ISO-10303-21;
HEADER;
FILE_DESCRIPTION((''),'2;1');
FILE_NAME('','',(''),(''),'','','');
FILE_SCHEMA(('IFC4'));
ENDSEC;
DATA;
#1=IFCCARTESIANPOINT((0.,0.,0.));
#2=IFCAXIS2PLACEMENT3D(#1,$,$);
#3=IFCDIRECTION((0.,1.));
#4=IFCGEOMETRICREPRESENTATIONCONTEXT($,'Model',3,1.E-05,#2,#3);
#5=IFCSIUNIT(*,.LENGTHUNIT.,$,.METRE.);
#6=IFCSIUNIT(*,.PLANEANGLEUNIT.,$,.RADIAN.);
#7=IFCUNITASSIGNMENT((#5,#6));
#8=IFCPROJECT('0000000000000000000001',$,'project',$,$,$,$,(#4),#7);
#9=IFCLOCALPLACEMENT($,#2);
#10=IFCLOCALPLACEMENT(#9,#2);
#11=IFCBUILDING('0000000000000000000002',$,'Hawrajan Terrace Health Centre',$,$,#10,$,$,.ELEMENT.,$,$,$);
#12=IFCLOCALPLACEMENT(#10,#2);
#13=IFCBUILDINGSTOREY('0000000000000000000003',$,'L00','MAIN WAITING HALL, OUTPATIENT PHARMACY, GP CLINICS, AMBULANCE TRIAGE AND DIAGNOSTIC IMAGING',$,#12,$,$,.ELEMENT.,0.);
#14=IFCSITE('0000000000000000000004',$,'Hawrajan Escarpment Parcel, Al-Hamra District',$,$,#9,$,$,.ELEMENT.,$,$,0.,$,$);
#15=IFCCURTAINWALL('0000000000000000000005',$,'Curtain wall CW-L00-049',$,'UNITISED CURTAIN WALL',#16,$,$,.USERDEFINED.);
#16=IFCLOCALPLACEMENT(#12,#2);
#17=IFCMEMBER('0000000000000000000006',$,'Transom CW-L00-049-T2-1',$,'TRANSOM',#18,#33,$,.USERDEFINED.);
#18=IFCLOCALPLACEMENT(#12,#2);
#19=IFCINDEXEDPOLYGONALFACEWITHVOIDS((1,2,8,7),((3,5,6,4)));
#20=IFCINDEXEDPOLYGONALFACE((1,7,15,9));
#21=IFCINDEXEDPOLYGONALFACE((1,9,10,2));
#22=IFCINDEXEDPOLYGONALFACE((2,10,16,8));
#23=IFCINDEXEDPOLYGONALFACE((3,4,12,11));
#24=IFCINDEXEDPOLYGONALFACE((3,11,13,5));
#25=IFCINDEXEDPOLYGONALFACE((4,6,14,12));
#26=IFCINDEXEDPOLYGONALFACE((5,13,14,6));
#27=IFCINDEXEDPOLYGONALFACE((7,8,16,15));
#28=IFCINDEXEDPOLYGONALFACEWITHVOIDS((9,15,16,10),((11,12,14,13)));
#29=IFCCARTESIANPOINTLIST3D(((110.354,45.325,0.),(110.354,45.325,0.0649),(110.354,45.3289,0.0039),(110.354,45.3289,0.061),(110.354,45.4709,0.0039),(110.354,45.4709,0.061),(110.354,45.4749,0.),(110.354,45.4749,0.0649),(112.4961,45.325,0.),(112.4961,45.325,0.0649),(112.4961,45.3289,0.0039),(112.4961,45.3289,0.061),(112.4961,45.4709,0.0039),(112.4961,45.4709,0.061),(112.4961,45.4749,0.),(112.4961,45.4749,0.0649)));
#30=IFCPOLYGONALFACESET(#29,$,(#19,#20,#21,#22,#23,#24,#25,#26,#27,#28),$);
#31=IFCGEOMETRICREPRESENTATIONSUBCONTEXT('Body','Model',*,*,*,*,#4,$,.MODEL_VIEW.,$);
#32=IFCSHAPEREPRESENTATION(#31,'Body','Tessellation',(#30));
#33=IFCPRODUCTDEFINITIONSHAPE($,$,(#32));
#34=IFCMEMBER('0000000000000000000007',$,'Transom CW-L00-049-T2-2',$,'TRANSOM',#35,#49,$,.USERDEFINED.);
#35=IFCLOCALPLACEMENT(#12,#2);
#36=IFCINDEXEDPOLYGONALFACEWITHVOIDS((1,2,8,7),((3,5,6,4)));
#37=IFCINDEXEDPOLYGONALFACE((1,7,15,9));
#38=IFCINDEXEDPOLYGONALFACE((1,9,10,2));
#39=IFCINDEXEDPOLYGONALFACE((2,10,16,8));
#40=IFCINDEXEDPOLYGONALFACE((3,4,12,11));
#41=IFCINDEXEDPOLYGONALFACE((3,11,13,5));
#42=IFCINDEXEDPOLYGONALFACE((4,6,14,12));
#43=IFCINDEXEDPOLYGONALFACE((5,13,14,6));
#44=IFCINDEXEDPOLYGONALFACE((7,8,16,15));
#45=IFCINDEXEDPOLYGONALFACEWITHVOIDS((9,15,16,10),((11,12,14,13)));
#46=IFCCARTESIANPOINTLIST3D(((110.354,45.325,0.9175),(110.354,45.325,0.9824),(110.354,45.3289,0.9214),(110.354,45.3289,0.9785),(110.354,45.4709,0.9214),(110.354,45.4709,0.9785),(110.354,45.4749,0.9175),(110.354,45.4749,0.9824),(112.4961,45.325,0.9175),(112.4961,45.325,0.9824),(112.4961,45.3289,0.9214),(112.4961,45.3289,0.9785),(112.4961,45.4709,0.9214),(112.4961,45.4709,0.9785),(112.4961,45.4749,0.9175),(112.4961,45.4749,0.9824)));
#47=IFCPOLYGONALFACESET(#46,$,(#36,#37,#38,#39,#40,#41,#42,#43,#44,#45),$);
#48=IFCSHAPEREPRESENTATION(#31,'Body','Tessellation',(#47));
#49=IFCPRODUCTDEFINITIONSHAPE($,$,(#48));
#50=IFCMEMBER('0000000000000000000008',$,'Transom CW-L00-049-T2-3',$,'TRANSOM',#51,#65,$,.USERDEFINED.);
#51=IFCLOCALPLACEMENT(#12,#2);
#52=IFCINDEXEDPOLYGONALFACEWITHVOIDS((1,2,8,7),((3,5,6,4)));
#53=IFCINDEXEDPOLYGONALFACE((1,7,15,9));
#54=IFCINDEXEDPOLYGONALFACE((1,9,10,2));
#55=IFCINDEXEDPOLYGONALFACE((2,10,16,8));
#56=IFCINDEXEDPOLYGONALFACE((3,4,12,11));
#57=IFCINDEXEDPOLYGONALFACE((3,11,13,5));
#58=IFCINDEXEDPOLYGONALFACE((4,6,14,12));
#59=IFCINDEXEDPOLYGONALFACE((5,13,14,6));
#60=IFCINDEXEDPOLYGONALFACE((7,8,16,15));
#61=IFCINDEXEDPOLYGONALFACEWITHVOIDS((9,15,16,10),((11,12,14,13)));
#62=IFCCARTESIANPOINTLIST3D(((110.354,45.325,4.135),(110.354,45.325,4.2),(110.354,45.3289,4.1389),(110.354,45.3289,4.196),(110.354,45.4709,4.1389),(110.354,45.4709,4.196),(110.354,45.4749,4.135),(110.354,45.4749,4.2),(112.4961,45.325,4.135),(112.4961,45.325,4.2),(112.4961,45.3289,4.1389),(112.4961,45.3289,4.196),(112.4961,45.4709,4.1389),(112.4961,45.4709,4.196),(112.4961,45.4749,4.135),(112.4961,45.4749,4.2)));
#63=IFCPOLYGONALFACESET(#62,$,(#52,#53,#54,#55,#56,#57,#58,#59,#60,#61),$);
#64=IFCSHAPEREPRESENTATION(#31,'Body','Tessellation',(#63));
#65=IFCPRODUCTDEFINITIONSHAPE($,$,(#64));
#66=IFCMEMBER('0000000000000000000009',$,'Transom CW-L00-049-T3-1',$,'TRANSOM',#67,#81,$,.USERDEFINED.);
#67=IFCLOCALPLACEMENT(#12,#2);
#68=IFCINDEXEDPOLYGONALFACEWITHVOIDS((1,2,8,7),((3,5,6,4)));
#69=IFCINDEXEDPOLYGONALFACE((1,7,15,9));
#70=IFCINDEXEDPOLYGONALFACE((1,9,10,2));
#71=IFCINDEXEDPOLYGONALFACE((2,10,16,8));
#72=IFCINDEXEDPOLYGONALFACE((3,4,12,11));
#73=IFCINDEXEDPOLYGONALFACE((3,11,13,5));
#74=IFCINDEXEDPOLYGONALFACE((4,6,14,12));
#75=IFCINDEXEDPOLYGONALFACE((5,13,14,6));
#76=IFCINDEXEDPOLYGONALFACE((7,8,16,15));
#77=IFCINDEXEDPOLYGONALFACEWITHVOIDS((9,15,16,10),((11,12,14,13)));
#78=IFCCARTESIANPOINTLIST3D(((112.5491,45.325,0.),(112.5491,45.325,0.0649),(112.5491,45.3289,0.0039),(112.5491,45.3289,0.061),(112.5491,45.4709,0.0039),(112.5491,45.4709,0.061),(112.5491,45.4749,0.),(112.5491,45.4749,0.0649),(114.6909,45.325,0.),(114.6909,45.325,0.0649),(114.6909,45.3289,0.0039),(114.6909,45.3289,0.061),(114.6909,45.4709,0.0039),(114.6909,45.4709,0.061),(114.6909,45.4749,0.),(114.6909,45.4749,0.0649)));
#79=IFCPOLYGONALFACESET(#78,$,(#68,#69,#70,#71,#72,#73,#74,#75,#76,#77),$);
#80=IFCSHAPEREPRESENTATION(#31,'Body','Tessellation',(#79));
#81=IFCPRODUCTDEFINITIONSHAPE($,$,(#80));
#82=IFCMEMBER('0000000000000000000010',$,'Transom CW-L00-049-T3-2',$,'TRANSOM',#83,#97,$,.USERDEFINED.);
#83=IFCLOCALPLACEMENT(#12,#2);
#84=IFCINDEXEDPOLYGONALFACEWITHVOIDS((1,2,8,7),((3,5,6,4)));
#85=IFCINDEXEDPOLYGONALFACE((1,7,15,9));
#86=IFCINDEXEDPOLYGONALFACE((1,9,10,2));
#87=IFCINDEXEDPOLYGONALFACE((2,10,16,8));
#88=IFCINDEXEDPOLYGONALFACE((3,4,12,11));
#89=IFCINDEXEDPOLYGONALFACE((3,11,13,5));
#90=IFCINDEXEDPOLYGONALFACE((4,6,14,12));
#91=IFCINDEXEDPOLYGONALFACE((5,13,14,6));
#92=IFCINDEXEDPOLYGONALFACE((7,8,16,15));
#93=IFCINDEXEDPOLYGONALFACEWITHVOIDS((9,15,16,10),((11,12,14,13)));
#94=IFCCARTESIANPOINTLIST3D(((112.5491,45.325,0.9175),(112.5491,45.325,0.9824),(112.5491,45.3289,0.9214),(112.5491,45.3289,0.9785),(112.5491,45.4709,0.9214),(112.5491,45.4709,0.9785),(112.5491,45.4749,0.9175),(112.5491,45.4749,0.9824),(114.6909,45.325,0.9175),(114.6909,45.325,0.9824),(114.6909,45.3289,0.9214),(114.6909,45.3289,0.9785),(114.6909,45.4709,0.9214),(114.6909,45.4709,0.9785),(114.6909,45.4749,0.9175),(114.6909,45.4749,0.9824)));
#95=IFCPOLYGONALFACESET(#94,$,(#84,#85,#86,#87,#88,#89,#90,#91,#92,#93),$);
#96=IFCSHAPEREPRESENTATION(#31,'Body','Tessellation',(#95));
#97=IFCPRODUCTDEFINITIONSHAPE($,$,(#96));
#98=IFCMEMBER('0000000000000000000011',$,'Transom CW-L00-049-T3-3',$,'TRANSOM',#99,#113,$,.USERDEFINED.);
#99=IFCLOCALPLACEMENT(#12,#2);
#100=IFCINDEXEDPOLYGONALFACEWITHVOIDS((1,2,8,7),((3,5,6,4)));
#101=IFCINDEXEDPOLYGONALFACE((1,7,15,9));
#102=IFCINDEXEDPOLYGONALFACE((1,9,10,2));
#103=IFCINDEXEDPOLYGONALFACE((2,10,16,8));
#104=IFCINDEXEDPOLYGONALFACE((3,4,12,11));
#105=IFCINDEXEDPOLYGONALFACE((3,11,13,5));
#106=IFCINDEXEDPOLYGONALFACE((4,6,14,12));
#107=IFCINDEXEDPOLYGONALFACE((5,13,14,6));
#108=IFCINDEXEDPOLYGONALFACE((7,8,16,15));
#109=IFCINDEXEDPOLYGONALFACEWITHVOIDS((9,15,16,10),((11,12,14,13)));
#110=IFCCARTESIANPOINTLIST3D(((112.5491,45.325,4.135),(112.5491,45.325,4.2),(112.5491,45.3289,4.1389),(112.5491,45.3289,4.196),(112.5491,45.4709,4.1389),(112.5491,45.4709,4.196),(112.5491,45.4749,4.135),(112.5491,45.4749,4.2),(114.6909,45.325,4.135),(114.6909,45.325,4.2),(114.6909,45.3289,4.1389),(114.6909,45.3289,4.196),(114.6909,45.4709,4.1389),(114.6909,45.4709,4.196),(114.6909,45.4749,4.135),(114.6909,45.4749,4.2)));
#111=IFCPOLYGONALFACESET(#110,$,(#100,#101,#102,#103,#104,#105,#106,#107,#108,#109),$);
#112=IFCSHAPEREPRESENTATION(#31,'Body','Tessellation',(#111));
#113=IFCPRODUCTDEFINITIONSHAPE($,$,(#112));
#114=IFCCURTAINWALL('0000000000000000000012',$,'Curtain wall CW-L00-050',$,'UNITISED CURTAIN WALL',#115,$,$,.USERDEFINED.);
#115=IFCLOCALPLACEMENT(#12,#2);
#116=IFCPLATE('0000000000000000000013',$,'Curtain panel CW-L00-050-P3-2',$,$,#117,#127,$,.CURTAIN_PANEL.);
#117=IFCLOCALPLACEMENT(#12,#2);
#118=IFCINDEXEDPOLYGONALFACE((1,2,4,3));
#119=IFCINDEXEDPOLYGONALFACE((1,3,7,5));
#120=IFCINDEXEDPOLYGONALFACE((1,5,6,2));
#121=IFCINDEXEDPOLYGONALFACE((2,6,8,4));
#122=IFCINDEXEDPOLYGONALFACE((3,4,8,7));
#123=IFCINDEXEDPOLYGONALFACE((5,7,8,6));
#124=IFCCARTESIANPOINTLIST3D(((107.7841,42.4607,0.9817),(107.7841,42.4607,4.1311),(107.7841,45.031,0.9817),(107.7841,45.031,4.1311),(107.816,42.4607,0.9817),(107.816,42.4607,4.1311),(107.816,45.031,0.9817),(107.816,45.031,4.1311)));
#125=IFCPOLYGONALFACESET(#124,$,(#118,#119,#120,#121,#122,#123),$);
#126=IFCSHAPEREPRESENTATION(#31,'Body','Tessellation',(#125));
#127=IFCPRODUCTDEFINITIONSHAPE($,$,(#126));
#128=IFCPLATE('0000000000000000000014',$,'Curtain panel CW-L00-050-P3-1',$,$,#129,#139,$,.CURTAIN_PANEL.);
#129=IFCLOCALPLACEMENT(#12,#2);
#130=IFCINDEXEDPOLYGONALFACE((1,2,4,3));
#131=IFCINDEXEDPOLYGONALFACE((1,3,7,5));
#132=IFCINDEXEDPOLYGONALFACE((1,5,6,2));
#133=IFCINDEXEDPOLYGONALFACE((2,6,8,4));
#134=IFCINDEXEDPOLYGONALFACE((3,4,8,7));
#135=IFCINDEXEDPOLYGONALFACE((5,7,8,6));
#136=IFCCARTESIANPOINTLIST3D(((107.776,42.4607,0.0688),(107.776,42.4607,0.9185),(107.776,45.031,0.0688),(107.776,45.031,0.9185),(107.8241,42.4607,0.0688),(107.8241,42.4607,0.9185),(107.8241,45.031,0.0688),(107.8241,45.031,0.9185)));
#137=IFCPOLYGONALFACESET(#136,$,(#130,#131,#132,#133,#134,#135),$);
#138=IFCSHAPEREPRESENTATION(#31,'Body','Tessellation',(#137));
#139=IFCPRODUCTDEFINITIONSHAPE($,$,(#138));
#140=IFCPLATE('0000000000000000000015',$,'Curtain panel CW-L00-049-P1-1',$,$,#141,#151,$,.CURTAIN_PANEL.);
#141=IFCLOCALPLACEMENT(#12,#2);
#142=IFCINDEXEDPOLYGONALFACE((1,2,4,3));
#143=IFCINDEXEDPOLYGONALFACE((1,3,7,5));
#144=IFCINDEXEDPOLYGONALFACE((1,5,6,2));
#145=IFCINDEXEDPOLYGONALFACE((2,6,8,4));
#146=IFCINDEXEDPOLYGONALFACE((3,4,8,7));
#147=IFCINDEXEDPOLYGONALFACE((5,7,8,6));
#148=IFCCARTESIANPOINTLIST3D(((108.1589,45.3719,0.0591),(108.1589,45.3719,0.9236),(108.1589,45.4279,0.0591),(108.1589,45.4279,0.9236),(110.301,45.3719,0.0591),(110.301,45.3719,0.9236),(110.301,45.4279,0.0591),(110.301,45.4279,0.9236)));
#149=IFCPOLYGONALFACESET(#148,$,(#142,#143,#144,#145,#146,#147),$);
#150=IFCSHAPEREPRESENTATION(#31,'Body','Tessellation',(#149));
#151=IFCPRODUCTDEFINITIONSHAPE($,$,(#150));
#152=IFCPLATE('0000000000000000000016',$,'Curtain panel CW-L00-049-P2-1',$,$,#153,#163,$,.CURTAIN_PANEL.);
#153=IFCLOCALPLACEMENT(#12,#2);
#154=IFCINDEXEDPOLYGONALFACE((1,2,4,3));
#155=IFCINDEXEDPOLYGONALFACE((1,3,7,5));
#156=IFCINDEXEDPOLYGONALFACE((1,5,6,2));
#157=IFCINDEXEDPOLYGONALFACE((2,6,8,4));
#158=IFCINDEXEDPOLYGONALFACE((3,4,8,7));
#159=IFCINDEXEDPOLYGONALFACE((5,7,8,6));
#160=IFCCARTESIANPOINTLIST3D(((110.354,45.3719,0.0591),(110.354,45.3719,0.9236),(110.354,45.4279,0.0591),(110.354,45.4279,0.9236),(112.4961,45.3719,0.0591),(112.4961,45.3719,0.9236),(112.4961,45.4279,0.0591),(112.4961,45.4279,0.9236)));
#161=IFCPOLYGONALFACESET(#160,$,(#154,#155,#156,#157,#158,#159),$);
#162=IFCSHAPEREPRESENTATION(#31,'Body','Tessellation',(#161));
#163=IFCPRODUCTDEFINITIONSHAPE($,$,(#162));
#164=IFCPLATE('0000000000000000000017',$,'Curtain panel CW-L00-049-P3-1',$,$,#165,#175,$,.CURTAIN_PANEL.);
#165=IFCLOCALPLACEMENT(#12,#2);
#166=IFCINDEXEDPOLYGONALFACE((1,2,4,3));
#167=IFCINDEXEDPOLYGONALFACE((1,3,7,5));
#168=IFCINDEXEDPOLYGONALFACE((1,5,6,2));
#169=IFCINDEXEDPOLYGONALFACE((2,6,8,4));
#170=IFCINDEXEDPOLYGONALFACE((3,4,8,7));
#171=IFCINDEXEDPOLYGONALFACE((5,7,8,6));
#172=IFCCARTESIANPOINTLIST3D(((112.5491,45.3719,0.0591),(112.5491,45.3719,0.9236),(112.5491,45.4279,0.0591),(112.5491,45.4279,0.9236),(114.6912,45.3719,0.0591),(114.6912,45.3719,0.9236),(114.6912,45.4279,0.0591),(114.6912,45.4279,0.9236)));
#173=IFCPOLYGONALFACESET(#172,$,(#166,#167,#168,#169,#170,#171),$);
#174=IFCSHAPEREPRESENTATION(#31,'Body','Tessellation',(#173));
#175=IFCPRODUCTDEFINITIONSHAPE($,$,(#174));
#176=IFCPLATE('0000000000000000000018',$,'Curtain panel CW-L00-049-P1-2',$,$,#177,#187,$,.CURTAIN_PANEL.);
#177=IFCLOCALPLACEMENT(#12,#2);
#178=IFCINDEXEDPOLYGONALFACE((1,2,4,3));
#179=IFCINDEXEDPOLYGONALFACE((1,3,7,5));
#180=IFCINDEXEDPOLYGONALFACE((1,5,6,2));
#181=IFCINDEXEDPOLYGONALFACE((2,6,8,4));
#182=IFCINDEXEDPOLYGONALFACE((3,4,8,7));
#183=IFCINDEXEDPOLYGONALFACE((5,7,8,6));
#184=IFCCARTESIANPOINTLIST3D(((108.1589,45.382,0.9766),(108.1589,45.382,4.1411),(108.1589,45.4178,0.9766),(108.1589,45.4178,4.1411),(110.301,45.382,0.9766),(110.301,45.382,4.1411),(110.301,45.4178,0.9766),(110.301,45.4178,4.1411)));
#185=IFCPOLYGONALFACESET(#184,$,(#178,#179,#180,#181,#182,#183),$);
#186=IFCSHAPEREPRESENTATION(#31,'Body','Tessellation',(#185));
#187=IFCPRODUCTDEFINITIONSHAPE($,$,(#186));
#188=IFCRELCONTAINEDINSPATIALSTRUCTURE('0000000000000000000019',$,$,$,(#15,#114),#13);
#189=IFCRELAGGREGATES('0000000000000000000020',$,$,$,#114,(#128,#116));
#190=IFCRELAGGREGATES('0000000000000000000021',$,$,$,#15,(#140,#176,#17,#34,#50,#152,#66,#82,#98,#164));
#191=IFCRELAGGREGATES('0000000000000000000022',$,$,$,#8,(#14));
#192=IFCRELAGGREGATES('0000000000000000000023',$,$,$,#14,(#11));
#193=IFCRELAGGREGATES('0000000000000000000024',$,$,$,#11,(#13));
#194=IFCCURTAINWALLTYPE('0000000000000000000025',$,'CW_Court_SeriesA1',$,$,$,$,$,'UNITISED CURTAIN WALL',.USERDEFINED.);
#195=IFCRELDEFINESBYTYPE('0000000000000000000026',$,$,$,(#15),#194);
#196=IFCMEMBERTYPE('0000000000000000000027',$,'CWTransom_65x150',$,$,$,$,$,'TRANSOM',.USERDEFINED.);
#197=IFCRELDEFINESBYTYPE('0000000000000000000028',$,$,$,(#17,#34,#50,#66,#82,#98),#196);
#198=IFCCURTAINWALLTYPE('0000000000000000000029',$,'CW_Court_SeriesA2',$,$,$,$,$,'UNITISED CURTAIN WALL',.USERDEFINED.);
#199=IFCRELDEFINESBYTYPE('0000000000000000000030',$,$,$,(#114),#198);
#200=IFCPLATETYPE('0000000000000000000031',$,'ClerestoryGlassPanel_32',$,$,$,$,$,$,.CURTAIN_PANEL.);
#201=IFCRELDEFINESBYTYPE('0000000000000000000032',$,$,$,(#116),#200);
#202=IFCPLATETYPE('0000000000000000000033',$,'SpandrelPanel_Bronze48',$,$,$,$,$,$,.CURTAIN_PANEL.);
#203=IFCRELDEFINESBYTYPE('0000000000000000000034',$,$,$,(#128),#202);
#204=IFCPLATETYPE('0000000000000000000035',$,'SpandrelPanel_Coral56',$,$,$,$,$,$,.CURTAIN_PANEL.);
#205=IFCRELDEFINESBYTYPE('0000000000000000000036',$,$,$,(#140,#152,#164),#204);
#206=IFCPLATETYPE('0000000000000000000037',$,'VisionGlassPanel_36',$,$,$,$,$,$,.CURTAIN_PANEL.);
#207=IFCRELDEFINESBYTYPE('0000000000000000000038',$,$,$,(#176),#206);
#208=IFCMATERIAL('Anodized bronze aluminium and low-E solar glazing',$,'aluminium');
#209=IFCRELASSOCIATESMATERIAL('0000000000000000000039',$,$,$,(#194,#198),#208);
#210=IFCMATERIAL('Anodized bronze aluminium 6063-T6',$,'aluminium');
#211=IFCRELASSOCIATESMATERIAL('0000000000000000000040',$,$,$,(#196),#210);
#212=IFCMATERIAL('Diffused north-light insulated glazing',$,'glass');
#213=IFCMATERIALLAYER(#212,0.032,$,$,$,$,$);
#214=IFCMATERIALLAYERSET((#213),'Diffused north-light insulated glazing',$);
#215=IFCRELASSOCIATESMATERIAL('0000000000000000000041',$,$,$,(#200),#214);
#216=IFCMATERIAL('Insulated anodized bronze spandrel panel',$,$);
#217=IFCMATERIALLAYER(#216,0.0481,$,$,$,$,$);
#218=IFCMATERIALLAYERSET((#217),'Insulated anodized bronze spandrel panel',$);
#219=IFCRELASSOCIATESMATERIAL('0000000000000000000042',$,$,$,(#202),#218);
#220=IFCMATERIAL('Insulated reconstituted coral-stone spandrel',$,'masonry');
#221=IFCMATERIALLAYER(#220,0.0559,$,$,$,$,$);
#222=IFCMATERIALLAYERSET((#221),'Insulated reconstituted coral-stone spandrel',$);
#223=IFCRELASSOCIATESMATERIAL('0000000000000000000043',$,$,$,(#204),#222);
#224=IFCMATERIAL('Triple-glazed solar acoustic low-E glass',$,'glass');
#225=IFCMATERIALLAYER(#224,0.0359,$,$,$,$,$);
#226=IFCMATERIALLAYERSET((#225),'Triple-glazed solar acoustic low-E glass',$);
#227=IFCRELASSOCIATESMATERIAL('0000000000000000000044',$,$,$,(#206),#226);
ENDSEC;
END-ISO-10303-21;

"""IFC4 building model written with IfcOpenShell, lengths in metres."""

from ifc_helpers import new_model, si_unit, direction, frame, origin, origin_2d, place, context, subcontext, project, spatial, rectangle, hollow_rectangle, extrude, material, layer, layer_set, material_profile, profile_set, type_object, element, aggregate, save


model = new_model("IFC4")

# Units and contexts
model_context = context("Model", 3, precision=1e-05, world=origin(), true_north=direction((0.0, 1.0)))
body_context = subcontext(model_context, "Body", "Model", "MODEL_VIEW")
ifc_project = project(units=[si_unit("LENGTHUNIT", "METRE"), si_unit("PLANEANGLEUNIT", "RADIAN")], contexts=[model_context])

# Site, building, storey
site_placement = place(None, origin())
site = spatial("IfcSite", under=ifc_project, at=site_placement, Name="Hawrajan Escarpment Parcel, Al-Hamra District", CompositionType="ELEMENT", RefElevation=0.0)
building_placement = place(site_placement, origin())
building = spatial("IfcBuilding", under=site, at=building_placement, Name="Hawrajan Terrace Health Centre", CompositionType="ELEMENT")
storey_placement = place(building_placement, origin())
storey = spatial("IfcBuildingStorey", under=building, at=storey_placement, Name="L00", Description="MAIN WAITING HALL, OUTPATIENT PHARMACY, GP CLINICS, AMBULANCE TRIAGE AND DIAGNOSTIC IMAGING", CompositionType="ELEMENT", Elevation=0.0)

# Curtain wall, members
ifc_material_1 = material(Name="Anodized bronze aluminium and low-E solar glazing", Category="aluminium")
curtain_wall_type_1 = type_object("IfcCurtainWallType", Name="CW_Court_SeriesA1", ElementType="UNITISED CURTAIN WALL", PredefinedType="USERDEFINED", material=ifc_material_1)
curtain_wall_1_placement = place(storey_placement, origin())
curtain_wall_1 = element("IfcCurtainWall", 1, at=curtain_wall_1_placement, inside=storey, type_object=curtain_wall_type_1, Name="Curtain wall CW-L00-049", ObjectType="UNITISED CURTAIN WALL", PredefinedType="USERDEFINED")
ifc_material_2 = material(Name="Anodized bronze aluminium 6063-T6", Category="aluminium")
ifc_material_profile_1 = material_profile(ifc_material_2, hollow_rectangle(XDim=0.0649, YDim=0.1499, WallThickness=0.0039, at=origin_2d()), Name="CW TRN 65x150")
ifc_profile_set_1 = profile_set([ifc_material_profile_1], Name="Anodized bronze aluminium 6063-T6")
member_type_1 = type_object("IfcMemberType", Name="CWTransom_65x150", ElementType="TRANSOM", PredefinedType="USERDEFINED", material=ifc_profile_set_1)
member_1_placement = place(storey_placement, frame((110.354, 45.3999, 0.0325), z_axis=(1.0, 0.0, 0.0), x_axis=(0.0, 0.0, 1.0)))
member_1 = element("IfcMember", 2, at=member_1_placement, type_object=member_type_1, Name="Transom CW-L00-049-T2-1", ObjectType="TRANSOM", PredefinedType="USERDEFINED", context=body_context, shape_type="SweptSolid", body=[
    extrude(hollow_rectangle(XDim=0.0649, YDim=0.1499, WallThickness=0.0039, at=origin_2d()), origin(), (0.0, 0.0, 1.0), 2.1421),
])
member_2_placement = place(storey_placement, frame((110.354, 45.3999, 0.95), z_axis=(1.0, 0.0, 0.0), x_axis=(0.0, 0.0, 1.0)))
member_2 = element("IfcMember", 3, at=member_2_placement, type_object=member_type_1, Name="Transom CW-L00-049-T2-2", ObjectType="TRANSOM", PredefinedType="USERDEFINED", context=body_context, shape_type="SweptSolid", body=[
    extrude(hollow_rectangle(XDim=0.0649, YDim=0.1499, WallThickness=0.0039, at=origin_2d()), origin(), (0.0, 0.0, 1.0), 2.1421),
])
member_3_placement = place(storey_placement, frame((110.354, 45.3999, 4.1675), z_axis=(1.0, 0.0, 0.0), x_axis=(0.0, 0.0, 1.0)))
member_3 = element("IfcMember", 4, at=member_3_placement, type_object=member_type_1, Name="Transom CW-L00-049-T2-3", ObjectType="TRANSOM", PredefinedType="USERDEFINED", context=body_context, shape_type="SweptSolid", body=[
    extrude(hollow_rectangle(XDim=0.0649, YDim=0.1499, WallThickness=0.0039, at=origin_2d()), origin(), (0.0, 0.0, 1.0), 2.1421),
])
member_4_placement = place(storey_placement, frame((112.5491, 45.3999, 0.0325), z_axis=(1.0, 0.0, 0.0), x_axis=(0.0, 0.0, 1.0)))
member_4 = element("IfcMember", 5, at=member_4_placement, type_object=member_type_1, Name="Transom CW-L00-049-T3-1", ObjectType="TRANSOM", PredefinedType="USERDEFINED", context=body_context, shape_type="SweptSolid", body=[
    extrude(hollow_rectangle(XDim=0.0649, YDim=0.1499, WallThickness=0.0039, at=origin_2d()), origin(), (0.0, 0.0, 1.0), 2.1418),
])
member_5_placement = place(storey_placement, frame((112.5491, 45.3999, 0.95), z_axis=(1.0, 0.0, 0.0), x_axis=(0.0, 0.0, 1.0)))
member_5 = element("IfcMember", 6, at=member_5_placement, type_object=member_type_1, Name="Transom CW-L00-049-T3-2", ObjectType="TRANSOM", PredefinedType="USERDEFINED", context=body_context, shape_type="SweptSolid", body=[
    extrude(hollow_rectangle(XDim=0.0649, YDim=0.1499, WallThickness=0.0039, at=origin_2d()), origin(), (0.0, 0.0, 1.0), 2.1418),
])
member_6_placement = place(storey_placement, frame((112.5491, 45.3999, 4.1675), z_axis=(1.0, 0.0, 0.0), x_axis=(0.0, 0.0, 1.0)))
member_6 = element("IfcMember", 7, at=member_6_placement, type_object=member_type_1, Name="Transom CW-L00-049-T3-3", ObjectType="TRANSOM", PredefinedType="USERDEFINED", context=body_context, shape_type="SweptSolid", body=[
    extrude(hollow_rectangle(XDim=0.0649, YDim=0.1499, WallThickness=0.0039, at=origin_2d()), origin(), (0.0, 0.0, 1.0), 2.1418),
])

# Curtain wall, plates
curtain_wall_type_2 = type_object("IfcCurtainWallType", Name="CW_Court_SeriesA2", ElementType="UNITISED CURTAIN WALL", PredefinedType="USERDEFINED", material=ifc_material_1)
curtain_wall_2_placement = place(storey_placement, origin())
curtain_wall_2 = element("IfcCurtainWall", 8, at=curtain_wall_2_placement, inside=storey, type_object=curtain_wall_type_2, Name="Curtain wall CW-L00-050", ObjectType="UNITISED CURTAIN WALL", PredefinedType="USERDEFINED")
ifc_material_3 = material(Name="Diffused north-light insulated glazing", Category="glass")
ifc_layer_1 = layer(ifc_material_3, 0.032)
ifc_layer_set_1 = layer_set([ifc_layer_1], Name="Diffused north-light insulated glazing")
plate_type_1 = type_object("IfcPlateType", Name="ClerestoryGlassPanel_32", PredefinedType="CURTAIN_PANEL", material=ifc_layer_set_1)
plate_1_placement = place(storey_placement, frame((107.8, 43.7458, 0.9817), z_axis=(0.0, 0.0, 1.0), x_axis=(0.0, 1.0, 0.0)))
plate_1 = element("IfcPlate", 9, at=plate_1_placement, type_object=plate_type_1, Name="Curtain panel CW-L00-050-P3-2", PredefinedType="CURTAIN_PANEL", context=body_context, shape_type="SweptSolid", body=[
    extrude(rectangle(XDim=2.5703, YDim=0.032, at=origin_2d()), origin(), (0.0, 0.0, 1.0), 3.1494),
])
ifc_material_4 = material(Name="Insulated anodized bronze spandrel panel")
ifc_layer_2 = layer(ifc_material_4, 0.0481)
ifc_layer_set_2 = layer_set([ifc_layer_2], Name="Insulated anodized bronze spandrel panel")
plate_type_2 = type_object("IfcPlateType", Name="SpandrelPanel_Bronze48", PredefinedType="CURTAIN_PANEL", material=ifc_layer_set_2)
plate_2_placement = place(storey_placement, frame((107.8, 43.7458, 0.0688), z_axis=(0.0, 0.0, 1.0), x_axis=(0.0, 1.0, 0.0)))
plate_2 = element("IfcPlate", 10, at=plate_2_placement, type_object=plate_type_2, Name="Curtain panel CW-L00-050-P3-1", PredefinedType="CURTAIN_PANEL", context=body_context, shape_type="SweptSolid", body=[
    extrude(rectangle(XDim=2.5703, YDim=0.0481, at=origin_2d()), origin(), (0.0, 0.0, 1.0), 0.8496),
])
aggregate(curtain_wall_2, [plate_2, plate_1])

# Plates
ifc_material_5 = material(Name="Insulated reconstituted coral-stone spandrel", Category="masonry")
ifc_layer_3 = layer(ifc_material_5, 0.0559)
ifc_layer_set_3 = layer_set([ifc_layer_3], Name="Insulated reconstituted coral-stone spandrel")
plate_type_3 = type_object("IfcPlateType", Name="SpandrelPanel_Coral56", PredefinedType="CURTAIN_PANEL", material=ifc_layer_set_3)
plate_3_placement = place(storey_placement, frame((109.23, 45.3999, 0.0591), z_axis=(0.0, 0.0, 1.0), x_axis=(1.0, 0.0, 0.0)))
plate_3 = element("IfcPlate", 11, at=plate_3_placement, type_object=plate_type_3, Name="Curtain panel CW-L00-049-P1-1", PredefinedType="CURTAIN_PANEL", context=body_context, shape_type="SweptSolid", body=[
    extrude(rectangle(XDim=2.1421, YDim=0.0559, at=origin_2d()), origin(), (0.0, 0.0, 1.0), 0.8645),
])
plate_4_placement = place(storey_placement, frame((111.425, 45.3999, 0.0591), z_axis=(0.0, 0.0, 1.0), x_axis=(1.0, 0.0, 0.0)))
plate_4 = element("IfcPlate", 12, at=plate_4_placement, type_object=plate_type_3, Name="Curtain panel CW-L00-049-P2-1", PredefinedType="CURTAIN_PANEL", context=body_context, shape_type="SweptSolid", body=[
    extrude(rectangle(XDim=2.1421, YDim=0.0559, at=origin_2d()), origin(), (0.0, 0.0, 1.0), 0.8645),
])
plate_5_placement = place(storey_placement, frame((113.6201, 45.3999, 0.0591), z_axis=(0.0, 0.0, 1.0), x_axis=(1.0, 0.0, 0.0)))
plate_5 = element("IfcPlate", 13, at=plate_5_placement, type_object=plate_type_3, Name="Curtain panel CW-L00-049-P3-1", PredefinedType="CURTAIN_PANEL", context=body_context, shape_type="SweptSolid", body=[
    extrude(rectangle(XDim=2.1421, YDim=0.0559, at=origin_2d()), origin(), (0.0, 0.0, 1.0), 0.8645),
])
ifc_material_6 = material(Name="Triple-glazed solar acoustic low-E glass", Category="glass")
ifc_layer_4 = layer(ifc_material_6, 0.0359)
ifc_layer_set_4 = layer_set([ifc_layer_4], Name="Triple-glazed solar acoustic low-E glass")
plate_type_4 = type_object("IfcPlateType", Name="VisionGlassPanel_36", PredefinedType="CURTAIN_PANEL", material=ifc_layer_set_4)
plate_6_placement = place(storey_placement, frame((109.23, 45.3999, 0.9766), z_axis=(0.0, 0.0, 1.0), x_axis=(1.0, 0.0, 0.0)))
plate_6 = element("IfcPlate", 14, at=plate_6_placement, type_object=plate_type_4, Name="Curtain panel CW-L00-049-P1-2", PredefinedType="CURTAIN_PANEL", context=body_context, shape_type="SweptSolid", body=[
    extrude(rectangle(XDim=2.1421, YDim=0.0359, at=origin_2d()), origin(), (0.0, 0.0, 1.0), 3.1646),
])
aggregate(curtain_wall_1, [plate_3, plate_6, member_1, member_2, member_3, plate_4, member_4, member_5, member_6, plate_5])

save(model, "model.ifc")
